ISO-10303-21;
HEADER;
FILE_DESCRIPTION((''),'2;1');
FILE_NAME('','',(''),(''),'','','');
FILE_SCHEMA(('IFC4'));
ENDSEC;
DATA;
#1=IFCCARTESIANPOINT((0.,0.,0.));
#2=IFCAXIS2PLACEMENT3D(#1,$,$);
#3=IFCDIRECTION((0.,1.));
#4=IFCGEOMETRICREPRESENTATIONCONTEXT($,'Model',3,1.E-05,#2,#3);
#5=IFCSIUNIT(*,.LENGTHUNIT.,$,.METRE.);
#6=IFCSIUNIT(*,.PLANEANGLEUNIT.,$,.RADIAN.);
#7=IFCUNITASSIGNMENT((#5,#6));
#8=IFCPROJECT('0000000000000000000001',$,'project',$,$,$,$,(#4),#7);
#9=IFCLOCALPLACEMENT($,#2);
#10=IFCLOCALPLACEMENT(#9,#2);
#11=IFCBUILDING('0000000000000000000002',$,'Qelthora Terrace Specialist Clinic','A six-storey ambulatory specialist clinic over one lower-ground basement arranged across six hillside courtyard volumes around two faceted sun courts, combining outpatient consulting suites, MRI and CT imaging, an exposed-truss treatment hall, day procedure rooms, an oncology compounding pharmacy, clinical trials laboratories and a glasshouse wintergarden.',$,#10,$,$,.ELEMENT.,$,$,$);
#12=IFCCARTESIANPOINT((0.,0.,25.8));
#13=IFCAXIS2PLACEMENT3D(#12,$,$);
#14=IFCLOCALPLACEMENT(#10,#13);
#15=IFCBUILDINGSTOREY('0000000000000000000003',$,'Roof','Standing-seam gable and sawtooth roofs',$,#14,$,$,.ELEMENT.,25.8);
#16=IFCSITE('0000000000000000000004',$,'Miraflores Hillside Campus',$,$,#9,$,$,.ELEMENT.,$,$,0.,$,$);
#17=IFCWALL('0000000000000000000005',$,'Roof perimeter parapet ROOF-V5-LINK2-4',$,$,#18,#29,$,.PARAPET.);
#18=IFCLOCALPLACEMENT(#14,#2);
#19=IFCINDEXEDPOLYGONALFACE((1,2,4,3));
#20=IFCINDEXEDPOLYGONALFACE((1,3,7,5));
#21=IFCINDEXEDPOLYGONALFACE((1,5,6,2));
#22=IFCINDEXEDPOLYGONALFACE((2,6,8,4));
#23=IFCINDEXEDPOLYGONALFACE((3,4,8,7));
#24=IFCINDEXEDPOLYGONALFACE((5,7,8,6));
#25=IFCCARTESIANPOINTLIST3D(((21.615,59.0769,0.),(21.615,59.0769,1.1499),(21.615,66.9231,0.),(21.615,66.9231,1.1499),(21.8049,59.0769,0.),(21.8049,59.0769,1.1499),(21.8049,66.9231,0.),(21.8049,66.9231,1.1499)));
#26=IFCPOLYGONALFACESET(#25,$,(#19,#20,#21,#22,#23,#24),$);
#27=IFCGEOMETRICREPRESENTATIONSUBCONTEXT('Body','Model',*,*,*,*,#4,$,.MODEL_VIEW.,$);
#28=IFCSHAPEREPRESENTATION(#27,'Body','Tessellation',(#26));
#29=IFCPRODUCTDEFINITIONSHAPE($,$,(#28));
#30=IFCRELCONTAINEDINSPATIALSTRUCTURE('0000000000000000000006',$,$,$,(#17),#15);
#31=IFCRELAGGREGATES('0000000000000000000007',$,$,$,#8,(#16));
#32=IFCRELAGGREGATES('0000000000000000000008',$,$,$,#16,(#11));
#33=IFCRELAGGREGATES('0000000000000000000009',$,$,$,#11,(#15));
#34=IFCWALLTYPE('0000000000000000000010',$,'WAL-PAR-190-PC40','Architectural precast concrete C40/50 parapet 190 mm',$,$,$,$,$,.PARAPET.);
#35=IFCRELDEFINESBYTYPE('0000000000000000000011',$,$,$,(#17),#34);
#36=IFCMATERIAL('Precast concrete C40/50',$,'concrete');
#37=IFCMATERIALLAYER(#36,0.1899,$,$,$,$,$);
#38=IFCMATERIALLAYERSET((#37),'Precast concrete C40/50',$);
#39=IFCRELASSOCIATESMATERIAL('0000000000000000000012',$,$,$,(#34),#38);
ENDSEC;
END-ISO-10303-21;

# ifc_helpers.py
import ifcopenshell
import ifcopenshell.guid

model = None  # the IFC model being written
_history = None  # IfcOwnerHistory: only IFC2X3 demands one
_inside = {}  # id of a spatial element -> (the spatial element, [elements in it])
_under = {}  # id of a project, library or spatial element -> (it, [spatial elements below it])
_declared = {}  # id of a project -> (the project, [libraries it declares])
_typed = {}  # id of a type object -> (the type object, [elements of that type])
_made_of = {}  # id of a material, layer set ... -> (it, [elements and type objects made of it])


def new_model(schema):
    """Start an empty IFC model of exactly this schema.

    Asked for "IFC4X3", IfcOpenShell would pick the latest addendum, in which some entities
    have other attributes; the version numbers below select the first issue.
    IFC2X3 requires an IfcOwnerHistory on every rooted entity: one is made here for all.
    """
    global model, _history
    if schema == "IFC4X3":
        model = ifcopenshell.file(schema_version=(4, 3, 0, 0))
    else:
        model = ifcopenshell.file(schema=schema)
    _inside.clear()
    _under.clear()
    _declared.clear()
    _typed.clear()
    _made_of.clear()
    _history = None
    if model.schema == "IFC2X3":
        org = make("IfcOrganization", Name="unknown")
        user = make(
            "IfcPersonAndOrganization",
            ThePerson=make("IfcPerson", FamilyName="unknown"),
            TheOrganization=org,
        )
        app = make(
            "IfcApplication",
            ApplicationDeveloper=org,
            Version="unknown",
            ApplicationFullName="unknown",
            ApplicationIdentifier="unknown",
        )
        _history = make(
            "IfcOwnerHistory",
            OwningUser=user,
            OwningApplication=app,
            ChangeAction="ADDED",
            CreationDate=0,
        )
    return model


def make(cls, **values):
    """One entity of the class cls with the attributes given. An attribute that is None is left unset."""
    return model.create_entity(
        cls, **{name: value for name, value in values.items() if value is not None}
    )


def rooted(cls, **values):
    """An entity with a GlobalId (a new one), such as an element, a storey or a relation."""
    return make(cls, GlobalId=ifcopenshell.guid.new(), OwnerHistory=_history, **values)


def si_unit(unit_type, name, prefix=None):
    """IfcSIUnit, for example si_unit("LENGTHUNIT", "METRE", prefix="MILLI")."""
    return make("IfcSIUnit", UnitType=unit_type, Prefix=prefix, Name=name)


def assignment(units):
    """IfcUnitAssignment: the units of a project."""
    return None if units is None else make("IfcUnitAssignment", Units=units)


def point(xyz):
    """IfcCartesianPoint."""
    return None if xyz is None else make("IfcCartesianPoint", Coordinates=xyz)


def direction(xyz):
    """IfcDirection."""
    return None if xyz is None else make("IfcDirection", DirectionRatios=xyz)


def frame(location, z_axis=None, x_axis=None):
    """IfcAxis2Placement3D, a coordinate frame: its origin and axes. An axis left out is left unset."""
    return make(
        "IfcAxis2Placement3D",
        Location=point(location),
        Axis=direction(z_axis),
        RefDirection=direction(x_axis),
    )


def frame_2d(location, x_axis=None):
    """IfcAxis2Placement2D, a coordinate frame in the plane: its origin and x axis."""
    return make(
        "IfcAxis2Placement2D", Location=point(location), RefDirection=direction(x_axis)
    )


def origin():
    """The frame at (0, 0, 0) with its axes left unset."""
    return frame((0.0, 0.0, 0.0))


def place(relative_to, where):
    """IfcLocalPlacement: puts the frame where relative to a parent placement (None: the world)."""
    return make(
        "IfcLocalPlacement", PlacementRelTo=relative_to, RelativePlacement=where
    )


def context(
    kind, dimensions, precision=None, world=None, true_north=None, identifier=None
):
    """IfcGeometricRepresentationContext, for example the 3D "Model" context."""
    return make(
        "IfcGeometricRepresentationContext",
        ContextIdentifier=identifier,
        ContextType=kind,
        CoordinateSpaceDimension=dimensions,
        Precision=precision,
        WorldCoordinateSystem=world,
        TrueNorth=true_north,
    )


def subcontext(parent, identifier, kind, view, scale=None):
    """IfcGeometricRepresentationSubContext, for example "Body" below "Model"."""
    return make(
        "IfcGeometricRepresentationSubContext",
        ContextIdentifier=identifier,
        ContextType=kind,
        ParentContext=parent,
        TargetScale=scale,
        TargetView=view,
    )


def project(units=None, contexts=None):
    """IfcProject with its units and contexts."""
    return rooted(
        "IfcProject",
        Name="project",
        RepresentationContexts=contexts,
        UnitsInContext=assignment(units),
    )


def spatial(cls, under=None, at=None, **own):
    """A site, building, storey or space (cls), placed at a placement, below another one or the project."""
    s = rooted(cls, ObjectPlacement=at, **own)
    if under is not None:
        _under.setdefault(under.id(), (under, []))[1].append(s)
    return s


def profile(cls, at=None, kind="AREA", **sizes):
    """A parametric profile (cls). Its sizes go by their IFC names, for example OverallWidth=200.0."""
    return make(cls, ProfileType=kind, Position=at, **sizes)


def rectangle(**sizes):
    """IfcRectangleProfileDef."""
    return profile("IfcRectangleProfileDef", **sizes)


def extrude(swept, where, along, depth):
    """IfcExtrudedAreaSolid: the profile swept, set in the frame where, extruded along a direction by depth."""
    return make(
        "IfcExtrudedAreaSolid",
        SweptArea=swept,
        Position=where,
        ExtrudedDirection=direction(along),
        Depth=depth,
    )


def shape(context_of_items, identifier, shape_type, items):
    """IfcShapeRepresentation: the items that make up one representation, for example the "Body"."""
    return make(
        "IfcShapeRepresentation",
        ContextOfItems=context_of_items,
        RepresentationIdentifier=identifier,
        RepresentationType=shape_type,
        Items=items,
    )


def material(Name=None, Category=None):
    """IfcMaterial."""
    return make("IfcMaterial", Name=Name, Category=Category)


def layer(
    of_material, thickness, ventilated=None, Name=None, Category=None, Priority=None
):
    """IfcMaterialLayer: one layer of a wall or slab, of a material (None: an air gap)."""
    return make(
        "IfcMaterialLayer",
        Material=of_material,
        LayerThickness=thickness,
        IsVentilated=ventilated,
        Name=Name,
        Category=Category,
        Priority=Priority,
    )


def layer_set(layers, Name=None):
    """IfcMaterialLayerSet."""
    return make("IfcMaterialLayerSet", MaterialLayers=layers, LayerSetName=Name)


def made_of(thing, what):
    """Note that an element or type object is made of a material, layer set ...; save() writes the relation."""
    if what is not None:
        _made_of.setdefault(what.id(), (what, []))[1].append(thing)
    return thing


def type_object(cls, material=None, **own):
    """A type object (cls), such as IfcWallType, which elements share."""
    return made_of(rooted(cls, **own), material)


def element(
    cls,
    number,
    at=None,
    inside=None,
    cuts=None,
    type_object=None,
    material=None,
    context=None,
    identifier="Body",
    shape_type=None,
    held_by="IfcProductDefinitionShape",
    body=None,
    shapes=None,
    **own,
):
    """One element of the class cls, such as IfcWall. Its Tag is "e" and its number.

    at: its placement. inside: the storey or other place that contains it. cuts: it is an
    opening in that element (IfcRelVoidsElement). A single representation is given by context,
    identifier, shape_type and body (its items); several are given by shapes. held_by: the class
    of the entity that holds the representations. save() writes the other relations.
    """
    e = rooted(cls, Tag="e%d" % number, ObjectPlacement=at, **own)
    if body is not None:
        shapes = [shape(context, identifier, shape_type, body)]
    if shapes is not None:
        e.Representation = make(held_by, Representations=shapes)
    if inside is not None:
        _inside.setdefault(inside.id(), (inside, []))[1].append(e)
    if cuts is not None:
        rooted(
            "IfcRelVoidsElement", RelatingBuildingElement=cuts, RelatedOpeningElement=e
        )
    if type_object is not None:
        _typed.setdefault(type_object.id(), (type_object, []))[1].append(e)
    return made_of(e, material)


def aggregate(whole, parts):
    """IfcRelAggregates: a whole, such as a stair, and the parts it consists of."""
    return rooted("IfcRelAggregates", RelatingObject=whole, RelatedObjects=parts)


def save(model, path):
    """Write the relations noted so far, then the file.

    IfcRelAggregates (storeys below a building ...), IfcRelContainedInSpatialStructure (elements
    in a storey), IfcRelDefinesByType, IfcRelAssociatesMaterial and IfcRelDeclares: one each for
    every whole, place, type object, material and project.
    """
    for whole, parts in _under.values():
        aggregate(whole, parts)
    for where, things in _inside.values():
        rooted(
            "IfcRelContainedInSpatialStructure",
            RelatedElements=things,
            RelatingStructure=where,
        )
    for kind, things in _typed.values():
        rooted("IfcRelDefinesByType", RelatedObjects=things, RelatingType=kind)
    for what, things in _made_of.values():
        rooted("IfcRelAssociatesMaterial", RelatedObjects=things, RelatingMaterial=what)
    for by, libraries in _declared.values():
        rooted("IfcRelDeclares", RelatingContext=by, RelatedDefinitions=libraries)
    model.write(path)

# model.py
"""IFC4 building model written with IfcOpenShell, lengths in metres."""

from ifc_helpers import new_model, si_unit, direction, frame, frame_2d, origin, place, context, subcontext, project, spatial, rectangle, extrude, material, layer, layer_set, type_object, element, save


model = new_model("IFC4")

# Units and contexts
model_context = context("Model", 3, precision=1e-05, world=origin(), true_north=direction((0.0, 1.0)))
body_context = subcontext(model_context, "Body", "Model", "MODEL_VIEW")
ifc_project = project(units=[si_unit("LENGTHUNIT", "METRE"), si_unit("PLANEANGLEUNIT", "RADIAN")], contexts=[model_context])

# Site, building, storey
site_placement = place(None, origin())
site = spatial("IfcSite", under=ifc_project, at=site_placement, Name="Miraflores Hillside Campus", CompositionType="ELEMENT", RefElevation=0.0)
building_placement = place(site_placement, origin())
building = spatial("IfcBuilding", under=site, at=building_placement, Name="Qelthora Terrace Specialist Clinic", Description="A six-storey ambulatory specialist clinic over one lower-ground basement arranged across six hillside courtyard volumes around two faceted sun courts, combining outpatient consulting suites, MRI and CT imaging, an exposed-truss treatment hall, day procedure rooms, an oncology compounding pharmacy, clinical trials laboratories and a glasshouse wintergarden.", CompositionType="ELEMENT")
storey_placement = place(building_placement, frame((0.0, 0.0, 25.8)))
storey = spatial("IfcBuildingStorey", under=building, at=storey_placement, Name="Roof", Description="Standing-seam gable and sawtooth roofs", CompositionType="ELEMENT", Elevation=25.8)

# Wall
ifc_material_1 = material(Name="Precast concrete C40/50", Category="concrete")
ifc_layer_1 = layer(ifc_material_1, 0.1899)
ifc_layer_set_1 = layer_set([ifc_layer_1], Name="Precast concrete C40/50")
wall_type = type_object("IfcWallType", Name="WAL-PAR-190-PC40", Description="Architectural precast concrete C40/50 parapet 190 mm", PredefinedType="PARAPET", material=ifc_layer_set_1)
wall_1_placement = place(storey_placement, frame((21.71, 66.9231, 0.0), z_axis=(0.0, 0.0, 1.0), x_axis=(0.0, -1.0, 0.0)))
element("IfcWall", 1, at=wall_1_placement, inside=storey, type_object=wall_type, Name="Roof perimeter parapet ROOF-V5-LINK2-4", PredefinedType="PARAPET", context=body_context, shape_type="SweptSolid", body=[
    extrude(rectangle(XDim=7.8462, YDim=0.1899, at=frame_2d((3.9231, 0.0))), origin(), (0.0, 0.0, 1.0), 1.1499),
])

save(model, "model.ifc")
